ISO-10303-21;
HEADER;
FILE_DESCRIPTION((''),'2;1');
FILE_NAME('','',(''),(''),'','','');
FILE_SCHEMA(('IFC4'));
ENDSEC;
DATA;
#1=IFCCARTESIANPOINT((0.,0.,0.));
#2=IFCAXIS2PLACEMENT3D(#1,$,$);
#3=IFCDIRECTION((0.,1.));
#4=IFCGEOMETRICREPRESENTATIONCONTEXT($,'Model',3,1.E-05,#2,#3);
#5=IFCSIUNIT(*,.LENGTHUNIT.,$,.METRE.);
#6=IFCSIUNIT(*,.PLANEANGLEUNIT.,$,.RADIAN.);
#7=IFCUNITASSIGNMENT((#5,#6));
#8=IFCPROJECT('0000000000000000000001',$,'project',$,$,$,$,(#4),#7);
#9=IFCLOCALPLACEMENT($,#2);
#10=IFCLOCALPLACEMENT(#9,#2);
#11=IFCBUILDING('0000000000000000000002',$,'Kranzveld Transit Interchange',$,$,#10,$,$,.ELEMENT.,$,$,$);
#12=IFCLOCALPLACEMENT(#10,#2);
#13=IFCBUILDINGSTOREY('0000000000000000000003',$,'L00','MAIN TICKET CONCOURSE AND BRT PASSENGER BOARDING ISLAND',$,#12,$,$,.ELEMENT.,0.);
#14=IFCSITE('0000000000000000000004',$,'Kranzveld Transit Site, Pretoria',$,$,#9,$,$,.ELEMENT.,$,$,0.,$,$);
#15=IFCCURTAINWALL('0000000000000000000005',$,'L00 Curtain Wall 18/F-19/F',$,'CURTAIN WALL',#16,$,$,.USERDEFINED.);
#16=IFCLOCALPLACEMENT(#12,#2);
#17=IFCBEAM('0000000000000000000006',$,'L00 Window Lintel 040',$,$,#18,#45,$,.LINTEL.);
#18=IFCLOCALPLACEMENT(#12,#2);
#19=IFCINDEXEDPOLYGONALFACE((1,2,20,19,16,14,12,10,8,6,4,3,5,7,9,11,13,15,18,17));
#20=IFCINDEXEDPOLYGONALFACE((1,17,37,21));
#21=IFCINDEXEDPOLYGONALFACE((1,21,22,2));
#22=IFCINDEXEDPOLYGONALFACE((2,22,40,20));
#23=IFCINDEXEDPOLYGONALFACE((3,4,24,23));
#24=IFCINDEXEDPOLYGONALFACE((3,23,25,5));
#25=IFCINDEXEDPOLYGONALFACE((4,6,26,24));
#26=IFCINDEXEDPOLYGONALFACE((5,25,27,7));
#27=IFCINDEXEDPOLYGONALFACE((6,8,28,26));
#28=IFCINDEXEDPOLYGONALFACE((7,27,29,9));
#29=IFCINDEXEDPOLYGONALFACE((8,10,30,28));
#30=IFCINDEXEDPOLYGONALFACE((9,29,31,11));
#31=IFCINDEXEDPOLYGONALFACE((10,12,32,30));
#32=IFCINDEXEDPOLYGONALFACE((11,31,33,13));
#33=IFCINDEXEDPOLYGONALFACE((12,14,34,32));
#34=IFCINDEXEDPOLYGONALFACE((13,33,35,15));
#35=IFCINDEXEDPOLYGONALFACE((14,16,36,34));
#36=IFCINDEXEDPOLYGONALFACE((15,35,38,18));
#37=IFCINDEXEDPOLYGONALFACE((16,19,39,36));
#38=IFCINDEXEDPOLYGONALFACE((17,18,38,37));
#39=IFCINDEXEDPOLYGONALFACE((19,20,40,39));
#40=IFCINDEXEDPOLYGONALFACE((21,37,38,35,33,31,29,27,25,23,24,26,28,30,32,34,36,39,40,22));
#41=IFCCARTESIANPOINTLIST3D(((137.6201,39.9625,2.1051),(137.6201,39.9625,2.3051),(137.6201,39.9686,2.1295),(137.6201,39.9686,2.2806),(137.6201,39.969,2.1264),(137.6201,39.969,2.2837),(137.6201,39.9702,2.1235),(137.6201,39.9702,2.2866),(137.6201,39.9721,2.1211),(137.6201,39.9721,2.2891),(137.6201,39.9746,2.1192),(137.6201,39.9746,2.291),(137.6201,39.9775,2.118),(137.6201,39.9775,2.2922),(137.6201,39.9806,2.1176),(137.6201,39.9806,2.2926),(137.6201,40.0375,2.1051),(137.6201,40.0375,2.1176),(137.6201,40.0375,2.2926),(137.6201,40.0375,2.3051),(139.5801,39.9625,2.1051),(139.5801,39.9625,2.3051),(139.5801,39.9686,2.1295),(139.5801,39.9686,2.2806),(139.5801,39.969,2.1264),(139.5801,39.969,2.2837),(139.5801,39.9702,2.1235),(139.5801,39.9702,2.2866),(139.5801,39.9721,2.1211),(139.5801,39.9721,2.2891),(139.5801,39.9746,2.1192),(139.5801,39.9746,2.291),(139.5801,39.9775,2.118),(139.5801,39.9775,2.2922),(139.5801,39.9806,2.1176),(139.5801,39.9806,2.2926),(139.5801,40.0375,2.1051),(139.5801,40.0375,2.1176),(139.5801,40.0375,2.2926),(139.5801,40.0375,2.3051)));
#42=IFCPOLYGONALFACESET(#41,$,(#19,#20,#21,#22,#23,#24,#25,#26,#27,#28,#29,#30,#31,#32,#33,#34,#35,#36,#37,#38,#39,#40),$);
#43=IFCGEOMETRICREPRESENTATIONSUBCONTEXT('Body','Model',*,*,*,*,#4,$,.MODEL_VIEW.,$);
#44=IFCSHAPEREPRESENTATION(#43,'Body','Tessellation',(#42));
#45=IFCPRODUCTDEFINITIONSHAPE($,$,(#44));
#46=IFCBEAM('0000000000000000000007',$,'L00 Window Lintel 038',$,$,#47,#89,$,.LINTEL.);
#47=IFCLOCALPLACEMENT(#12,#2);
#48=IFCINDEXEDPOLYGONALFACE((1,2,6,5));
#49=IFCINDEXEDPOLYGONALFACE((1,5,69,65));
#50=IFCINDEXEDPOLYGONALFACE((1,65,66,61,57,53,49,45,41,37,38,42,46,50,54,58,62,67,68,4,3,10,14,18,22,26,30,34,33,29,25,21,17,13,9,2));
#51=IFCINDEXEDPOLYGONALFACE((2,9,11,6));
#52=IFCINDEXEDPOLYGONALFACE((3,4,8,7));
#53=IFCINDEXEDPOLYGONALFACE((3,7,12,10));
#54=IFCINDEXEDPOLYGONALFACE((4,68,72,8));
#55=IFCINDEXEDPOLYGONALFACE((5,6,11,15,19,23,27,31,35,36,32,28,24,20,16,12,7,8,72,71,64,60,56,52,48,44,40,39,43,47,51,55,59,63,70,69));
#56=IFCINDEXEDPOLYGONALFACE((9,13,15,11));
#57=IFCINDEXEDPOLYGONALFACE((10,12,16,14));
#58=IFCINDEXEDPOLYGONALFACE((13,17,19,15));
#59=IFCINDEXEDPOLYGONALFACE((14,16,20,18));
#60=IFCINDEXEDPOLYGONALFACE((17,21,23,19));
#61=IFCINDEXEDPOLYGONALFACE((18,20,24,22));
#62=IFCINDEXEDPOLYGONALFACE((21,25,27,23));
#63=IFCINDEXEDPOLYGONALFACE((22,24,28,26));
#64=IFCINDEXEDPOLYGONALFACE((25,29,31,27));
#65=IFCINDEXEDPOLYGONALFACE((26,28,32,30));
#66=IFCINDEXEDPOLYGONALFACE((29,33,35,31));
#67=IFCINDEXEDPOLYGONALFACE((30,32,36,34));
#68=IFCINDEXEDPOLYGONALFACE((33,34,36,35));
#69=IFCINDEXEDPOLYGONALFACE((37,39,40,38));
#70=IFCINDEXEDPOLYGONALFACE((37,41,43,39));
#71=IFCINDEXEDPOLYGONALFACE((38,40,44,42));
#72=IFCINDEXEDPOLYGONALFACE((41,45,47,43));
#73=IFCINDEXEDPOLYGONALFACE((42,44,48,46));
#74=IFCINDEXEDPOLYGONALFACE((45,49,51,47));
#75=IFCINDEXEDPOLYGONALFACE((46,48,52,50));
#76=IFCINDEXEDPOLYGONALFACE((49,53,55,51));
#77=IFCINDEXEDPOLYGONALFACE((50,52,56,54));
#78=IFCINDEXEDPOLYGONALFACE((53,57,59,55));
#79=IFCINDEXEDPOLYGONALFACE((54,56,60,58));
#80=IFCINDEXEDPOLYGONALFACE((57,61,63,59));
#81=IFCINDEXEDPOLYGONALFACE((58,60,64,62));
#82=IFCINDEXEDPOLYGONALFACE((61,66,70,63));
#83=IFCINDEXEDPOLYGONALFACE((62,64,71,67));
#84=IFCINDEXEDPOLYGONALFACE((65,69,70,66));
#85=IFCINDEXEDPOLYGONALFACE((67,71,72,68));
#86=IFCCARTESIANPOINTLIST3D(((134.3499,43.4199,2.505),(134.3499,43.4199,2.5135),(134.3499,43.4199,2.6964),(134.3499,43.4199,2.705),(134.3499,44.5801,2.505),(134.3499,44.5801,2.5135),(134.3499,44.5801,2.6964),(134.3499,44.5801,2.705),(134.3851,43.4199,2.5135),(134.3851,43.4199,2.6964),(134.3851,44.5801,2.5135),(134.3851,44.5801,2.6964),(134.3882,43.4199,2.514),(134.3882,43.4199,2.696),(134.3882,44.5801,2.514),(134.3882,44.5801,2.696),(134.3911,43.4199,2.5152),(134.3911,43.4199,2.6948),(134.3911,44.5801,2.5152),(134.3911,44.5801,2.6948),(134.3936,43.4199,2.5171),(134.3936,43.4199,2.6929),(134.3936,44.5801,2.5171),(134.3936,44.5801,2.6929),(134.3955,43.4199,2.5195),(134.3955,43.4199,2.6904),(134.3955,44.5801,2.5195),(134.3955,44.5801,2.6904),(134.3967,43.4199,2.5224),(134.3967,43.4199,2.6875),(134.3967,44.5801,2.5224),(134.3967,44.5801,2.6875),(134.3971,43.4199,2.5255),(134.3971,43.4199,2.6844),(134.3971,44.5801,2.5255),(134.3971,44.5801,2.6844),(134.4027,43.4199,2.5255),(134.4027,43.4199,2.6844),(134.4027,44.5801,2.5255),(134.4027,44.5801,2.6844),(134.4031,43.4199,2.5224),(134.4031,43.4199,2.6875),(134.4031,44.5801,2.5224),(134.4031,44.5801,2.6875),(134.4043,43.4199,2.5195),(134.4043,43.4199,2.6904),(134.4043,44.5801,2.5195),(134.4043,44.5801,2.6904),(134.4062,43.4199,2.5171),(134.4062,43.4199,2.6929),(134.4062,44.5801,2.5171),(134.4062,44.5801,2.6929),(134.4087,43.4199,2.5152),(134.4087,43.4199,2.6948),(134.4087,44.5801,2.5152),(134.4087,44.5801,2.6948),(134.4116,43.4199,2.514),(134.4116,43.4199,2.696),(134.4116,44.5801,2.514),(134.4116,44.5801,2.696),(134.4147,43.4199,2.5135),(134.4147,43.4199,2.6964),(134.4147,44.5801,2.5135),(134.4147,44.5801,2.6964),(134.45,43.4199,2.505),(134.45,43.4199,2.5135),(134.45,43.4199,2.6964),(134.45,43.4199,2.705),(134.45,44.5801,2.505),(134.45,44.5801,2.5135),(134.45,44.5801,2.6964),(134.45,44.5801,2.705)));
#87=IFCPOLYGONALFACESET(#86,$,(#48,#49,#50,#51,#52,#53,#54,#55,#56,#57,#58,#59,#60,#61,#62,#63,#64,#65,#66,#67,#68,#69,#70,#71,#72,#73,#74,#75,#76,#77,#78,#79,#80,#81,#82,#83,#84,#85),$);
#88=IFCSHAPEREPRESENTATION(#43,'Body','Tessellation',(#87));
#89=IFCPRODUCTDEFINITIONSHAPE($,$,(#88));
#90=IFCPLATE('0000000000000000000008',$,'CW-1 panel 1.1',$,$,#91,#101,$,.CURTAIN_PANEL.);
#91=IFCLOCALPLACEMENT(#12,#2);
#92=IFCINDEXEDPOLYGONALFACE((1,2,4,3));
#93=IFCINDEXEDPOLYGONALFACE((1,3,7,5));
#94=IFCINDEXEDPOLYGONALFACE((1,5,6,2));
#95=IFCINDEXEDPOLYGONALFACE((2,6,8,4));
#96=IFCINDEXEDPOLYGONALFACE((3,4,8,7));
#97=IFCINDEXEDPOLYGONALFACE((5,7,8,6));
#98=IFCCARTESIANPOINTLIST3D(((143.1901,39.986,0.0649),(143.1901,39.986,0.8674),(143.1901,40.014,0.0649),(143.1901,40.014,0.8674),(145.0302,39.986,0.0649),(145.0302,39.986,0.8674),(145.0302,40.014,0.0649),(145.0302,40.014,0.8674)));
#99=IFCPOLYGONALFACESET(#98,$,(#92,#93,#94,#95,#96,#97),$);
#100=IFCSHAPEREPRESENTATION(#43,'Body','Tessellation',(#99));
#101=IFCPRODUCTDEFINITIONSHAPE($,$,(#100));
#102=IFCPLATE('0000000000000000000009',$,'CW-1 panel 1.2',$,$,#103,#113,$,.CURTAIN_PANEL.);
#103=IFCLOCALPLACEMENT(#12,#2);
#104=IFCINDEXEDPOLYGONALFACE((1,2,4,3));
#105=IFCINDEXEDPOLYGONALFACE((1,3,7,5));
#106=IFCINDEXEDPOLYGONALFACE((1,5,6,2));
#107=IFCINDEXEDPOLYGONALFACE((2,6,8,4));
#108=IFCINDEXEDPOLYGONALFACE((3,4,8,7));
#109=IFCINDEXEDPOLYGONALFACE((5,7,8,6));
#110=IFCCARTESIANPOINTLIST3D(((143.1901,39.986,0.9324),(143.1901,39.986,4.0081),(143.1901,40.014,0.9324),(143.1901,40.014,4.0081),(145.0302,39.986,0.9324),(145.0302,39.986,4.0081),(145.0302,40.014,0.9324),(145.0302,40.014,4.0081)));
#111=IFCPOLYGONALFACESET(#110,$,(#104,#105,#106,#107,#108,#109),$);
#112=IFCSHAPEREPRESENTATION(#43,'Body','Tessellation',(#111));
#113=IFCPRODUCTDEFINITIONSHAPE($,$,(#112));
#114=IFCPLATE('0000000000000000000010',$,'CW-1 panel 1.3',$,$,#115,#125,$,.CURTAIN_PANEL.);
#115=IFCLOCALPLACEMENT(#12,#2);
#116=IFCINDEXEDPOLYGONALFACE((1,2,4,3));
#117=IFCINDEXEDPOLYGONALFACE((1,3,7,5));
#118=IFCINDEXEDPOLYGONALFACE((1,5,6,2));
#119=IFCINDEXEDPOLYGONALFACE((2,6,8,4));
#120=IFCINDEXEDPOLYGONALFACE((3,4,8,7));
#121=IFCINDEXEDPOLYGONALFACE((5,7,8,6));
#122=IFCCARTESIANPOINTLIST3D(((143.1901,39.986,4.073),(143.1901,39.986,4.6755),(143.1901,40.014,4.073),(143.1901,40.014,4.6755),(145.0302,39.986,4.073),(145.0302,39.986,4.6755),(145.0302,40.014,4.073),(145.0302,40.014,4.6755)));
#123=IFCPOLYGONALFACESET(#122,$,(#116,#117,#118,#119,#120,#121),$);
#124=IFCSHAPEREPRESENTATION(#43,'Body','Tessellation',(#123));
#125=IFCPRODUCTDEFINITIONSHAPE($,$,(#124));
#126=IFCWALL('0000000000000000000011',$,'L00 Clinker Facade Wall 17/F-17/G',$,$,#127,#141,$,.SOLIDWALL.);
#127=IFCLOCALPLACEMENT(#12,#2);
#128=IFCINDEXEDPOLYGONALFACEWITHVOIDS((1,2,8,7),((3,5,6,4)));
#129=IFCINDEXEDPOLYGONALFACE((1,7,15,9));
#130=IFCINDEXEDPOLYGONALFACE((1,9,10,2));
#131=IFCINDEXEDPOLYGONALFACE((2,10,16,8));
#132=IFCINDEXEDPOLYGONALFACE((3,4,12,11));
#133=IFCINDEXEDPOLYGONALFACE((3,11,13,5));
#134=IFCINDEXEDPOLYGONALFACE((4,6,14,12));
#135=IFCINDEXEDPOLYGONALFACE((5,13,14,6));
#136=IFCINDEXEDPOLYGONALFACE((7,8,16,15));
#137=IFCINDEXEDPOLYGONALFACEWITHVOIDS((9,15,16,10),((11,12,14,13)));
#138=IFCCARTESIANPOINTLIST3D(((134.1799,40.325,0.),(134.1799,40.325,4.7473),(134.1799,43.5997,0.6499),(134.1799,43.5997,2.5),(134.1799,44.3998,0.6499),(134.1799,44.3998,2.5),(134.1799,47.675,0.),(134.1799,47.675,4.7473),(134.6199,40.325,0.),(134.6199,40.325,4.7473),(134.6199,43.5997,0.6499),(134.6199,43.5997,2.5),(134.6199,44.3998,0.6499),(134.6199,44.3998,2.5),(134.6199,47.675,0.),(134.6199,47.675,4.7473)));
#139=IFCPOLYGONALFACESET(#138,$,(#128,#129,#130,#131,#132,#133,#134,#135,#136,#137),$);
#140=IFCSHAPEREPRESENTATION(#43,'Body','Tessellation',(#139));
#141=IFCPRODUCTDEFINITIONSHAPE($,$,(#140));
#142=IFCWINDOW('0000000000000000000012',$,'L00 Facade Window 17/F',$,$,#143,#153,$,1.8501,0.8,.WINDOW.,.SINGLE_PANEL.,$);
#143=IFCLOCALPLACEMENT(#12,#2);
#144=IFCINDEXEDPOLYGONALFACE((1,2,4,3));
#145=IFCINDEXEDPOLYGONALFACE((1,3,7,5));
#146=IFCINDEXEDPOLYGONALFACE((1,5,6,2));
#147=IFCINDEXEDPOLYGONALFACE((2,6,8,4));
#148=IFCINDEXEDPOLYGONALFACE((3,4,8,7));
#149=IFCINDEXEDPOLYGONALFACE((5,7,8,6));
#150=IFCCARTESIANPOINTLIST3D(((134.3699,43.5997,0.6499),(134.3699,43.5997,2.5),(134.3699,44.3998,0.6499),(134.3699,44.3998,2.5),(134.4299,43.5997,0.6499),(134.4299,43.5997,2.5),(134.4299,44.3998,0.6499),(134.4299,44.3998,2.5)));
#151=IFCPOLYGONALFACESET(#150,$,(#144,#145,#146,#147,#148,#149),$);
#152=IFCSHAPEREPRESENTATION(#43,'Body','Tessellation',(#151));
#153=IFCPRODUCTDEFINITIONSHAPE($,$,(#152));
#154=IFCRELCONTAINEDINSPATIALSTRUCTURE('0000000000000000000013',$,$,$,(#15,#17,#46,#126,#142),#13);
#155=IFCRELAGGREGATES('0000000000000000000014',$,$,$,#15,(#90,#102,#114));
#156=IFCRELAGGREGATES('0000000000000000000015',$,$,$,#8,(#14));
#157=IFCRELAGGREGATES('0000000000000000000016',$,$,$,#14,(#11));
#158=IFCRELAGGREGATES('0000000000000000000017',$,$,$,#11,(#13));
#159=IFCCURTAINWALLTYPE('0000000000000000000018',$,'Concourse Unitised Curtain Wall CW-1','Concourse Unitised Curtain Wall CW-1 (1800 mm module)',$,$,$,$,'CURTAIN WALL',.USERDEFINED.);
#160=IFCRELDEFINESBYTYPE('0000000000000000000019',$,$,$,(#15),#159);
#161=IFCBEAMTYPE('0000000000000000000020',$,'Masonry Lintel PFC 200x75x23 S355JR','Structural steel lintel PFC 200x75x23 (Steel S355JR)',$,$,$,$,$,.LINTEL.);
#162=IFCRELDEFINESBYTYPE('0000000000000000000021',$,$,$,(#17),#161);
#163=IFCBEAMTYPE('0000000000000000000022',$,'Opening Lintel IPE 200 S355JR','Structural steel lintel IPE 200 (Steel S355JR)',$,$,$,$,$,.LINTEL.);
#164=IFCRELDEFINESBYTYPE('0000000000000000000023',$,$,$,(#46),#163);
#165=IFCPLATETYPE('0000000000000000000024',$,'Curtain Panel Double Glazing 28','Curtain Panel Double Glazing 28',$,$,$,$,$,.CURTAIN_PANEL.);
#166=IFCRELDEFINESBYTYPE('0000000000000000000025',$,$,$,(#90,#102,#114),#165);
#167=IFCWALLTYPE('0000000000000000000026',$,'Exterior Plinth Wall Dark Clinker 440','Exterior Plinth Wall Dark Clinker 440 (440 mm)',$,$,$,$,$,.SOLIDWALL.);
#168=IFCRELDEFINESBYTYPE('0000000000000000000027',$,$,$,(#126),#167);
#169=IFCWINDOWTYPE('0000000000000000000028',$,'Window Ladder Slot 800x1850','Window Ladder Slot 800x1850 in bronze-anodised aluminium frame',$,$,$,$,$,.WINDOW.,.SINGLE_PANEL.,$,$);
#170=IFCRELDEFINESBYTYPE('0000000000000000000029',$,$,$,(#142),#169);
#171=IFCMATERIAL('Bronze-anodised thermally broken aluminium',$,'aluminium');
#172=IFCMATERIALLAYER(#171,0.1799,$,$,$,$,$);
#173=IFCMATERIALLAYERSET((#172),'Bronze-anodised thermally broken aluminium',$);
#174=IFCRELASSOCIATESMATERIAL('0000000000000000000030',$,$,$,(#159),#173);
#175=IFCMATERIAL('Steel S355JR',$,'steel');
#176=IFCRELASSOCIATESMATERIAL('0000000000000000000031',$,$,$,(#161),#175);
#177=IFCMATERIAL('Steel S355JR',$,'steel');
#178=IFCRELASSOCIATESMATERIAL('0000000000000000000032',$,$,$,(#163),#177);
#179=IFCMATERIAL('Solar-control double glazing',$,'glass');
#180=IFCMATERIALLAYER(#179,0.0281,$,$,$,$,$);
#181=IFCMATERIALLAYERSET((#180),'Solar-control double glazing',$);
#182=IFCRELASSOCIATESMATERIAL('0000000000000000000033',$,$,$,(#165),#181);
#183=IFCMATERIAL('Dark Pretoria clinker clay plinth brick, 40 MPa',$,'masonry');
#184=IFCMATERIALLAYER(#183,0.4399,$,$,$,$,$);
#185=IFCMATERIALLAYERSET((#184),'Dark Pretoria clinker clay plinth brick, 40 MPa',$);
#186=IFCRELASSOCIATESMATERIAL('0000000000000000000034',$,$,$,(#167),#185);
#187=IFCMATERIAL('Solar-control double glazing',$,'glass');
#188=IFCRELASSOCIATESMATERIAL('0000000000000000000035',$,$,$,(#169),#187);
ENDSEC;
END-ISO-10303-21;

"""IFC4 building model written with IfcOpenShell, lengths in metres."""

from ifc_helpers import new_model, si_unit, direction, frame, frame_2d, origin, origin_2d, place, context, subcontext, project, spatial, rectangle, i_section, u_section, extrude, material, layer, layer_set, material_profile, profile_set, type_object, element, fill, aggregate, save


model = new_model("IFC4")

# Units and contexts
model_context = context("Model", 3, precision=1e-05, world=origin(), true_north=direction((0.0, 1.0)))
body_context = subcontext(model_context, "Body", "Model", "MODEL_VIEW")
ifc_project = project(units=[si_unit("LENGTHUNIT", "METRE"), si_unit("PLANEANGLEUNIT", "RADIAN")], contexts=[model_context])

# Site, building, storey
site_placement = place(None, origin())
site = spatial("IfcSite", under=ifc_project, at=site_placement, Name="Kranzveld Transit Site, Pretoria", CompositionType="ELEMENT", RefElevation=0.0)
building_placement = place(site_placement, origin())
building = spatial("IfcBuilding", under=site, at=building_placement, Name="Kranzveld Transit Interchange", CompositionType="ELEMENT")
storey_placement = place(building_placement, origin())
storey = spatial("IfcBuildingStorey", under=building, at=storey_placement, Name="L00", Description="MAIN TICKET CONCOURSE AND BRT PASSENGER BOARDING ISLAND", CompositionType="ELEMENT", Elevation=0.0)

# Curtain wall
ifc_material_1 = material(Name="Bronze-anodised thermally broken aluminium", Category="aluminium")
ifc_layer_1 = layer(ifc_material_1, 0.1799)
ifc_layer_set_1 = layer_set([ifc_layer_1], Name="Bronze-anodised thermally broken aluminium")
curtain_wall_type = type_object("IfcCurtainWallType", Name="Concourse Unitised Curtain Wall CW-1", Description="Concourse Unitised Curtain Wall CW-1 (1800 mm module)", ElementType="CURTAIN WALL", PredefinedType="USERDEFINED", material=ifc_layer_set_1)
curtain_wall_placement = place(storey_placement, origin())
curtain_wall = element("IfcCurtainWall", 1, at=curtain_wall_placement, inside=storey, type_object=curtain_wall_type, Name="L00 Curtain Wall 18/F-19/F", ObjectType="CURTAIN WALL", PredefinedType="USERDEFINED")

# Beams
ifc_material_2 = material(Name="Steel S355JR", Category="steel")
ifc_material_profile_1 = material_profile(ifc_material_2, u_section(Depth=0.2, FlangeWidth=0.075, WebThickness=0.0061, FlangeThickness=0.0125, FilletRadius=0.012, at=origin_2d()), Name="PFC 200x75x23")
ifc_profile_set_1 = profile_set([ifc_material_profile_1], Name="Steel S355JR")
beam_type_1 = type_object("IfcBeamType", Name="Masonry Lintel PFC 200x75x23 S355JR", Description="Structural steel lintel PFC 200x75x23 (Steel S355JR)", PredefinedType="LINTEL", material=ifc_profile_set_1)
beam_1_placement = place(storey_placement, frame((137.6201, 40.0, 2.2051), z_axis=(1.0, 0.0, 0.0), x_axis=(0.0, 1.0, 0.0)))
element("IfcBeam", 2, at=beam_1_placement, inside=storey, type_object=beam_type_1, Name="L00 Window Lintel 040", PredefinedType="LINTEL", context=body_context, shape_type="SweptSolid", body=[
    extrude(u_section(Depth=0.2, FlangeWidth=0.075, WebThickness=0.0061, FlangeThickness=0.0125, FilletRadius=0.012, at=origin_2d()), origin(), (0.0, 0.0, 1.0), 1.96),
])
ifc_material_3 = material(Name="Steel S355JR", Category="steel")
ifc_material_profile_2 = material_profile(ifc_material_3, i_section(OverallWidth=0.1001, OverallDepth=0.2, WebThickness=0.0056, FlangeThickness=0.0085, FilletRadius=0.012, at=origin_2d()), Name="IPE 200")
ifc_profile_set_2 = profile_set([ifc_material_profile_2], Name="Steel S355JR")
beam_type_2 = type_object("IfcBeamType", Name="Opening Lintel IPE 200 S355JR", Description="Structural steel lintel IPE 200 (Steel S355JR)", PredefinedType="LINTEL", material=ifc_profile_set_2)
beam_2_placement = place(storey_placement, frame((134.3999, 43.4199, 2.605), z_axis=(0.0, 1.0, 0.0), x_axis=(-1.0, 0.0, 0.0)))
element("IfcBeam", 3, at=beam_2_placement, inside=storey, type_object=beam_type_2, Name="L00 Window Lintel 038", PredefinedType="LINTEL", context=body_context, shape_type="SweptSolid", body=[
    extrude(i_section(OverallWidth=0.1001, OverallDepth=0.2, WebThickness=0.0056, FlangeThickness=0.0085, FilletRadius=0.012, at=origin_2d()), origin(), (0.0, 0.0, 1.0), 1.1602),
])

# Plates
ifc_material_4 = material(Name="Solar-control double glazing", Category="glass")
ifc_layer_2 = layer(ifc_material_4, 0.0281)
ifc_layer_set_2 = layer_set([ifc_layer_2], Name="Solar-control double glazing")
plate_type = type_object("IfcPlateType", Name="Curtain Panel Double Glazing 28", Description="Curtain Panel Double Glazing 28", PredefinedType="CURTAIN_PANEL", material=ifc_layer_set_2)
plate_1_placement = place(storey_placement, frame((144.1101, 40.0, 0.0649), z_axis=(0.0, 0.0, 1.0), x_axis=(1.0, 0.0, 0.0)))
plate_1 = element("IfcPlate", 4, at=plate_1_placement, type_object=plate_type, Name="CW-1 panel 1.1", PredefinedType="CURTAIN_PANEL", context=body_context, shape_type="SweptSolid", body=[
    extrude(rectangle(XDim=1.8401, YDim=0.0281, at=origin_2d()), origin(), (0.0, 0.0, 1.0), 0.8025),
])
plate_2_placement = place(storey_placement, frame((144.1101, 40.0, 0.9324), z_axis=(0.0, 0.0, 1.0), x_axis=(1.0, 0.0, 0.0)))
plate_2 = element("IfcPlate", 5, at=plate_2_placement, type_object=plate_type, Name="CW-1 panel 1.2", PredefinedType="CURTAIN_PANEL", context=body_context, shape_type="SweptSolid", body=[
    extrude(rectangle(XDim=1.8401, YDim=0.0281, at=origin_2d()), origin(), (0.0, 0.0, 1.0), 3.0757),
])
plate_3_placement = place(storey_placement, frame((144.1101, 40.0, 4.073), z_axis=(0.0, 0.0, 1.0), x_axis=(1.0, 0.0, 0.0)))
plate_3 = element("IfcPlate", 6, at=plate_3_placement, type_object=plate_type, Name="CW-1 panel 1.3", PredefinedType="CURTAIN_PANEL", context=body_context, shape_type="SweptSolid", body=[
    extrude(rectangle(XDim=1.8401, YDim=0.0281, at=origin_2d()), origin(), (0.0, 0.0, 1.0), 0.6025),
])
aggregate(curtain_wall, [plate_1, plate_2, plate_3])

# Wall, opening, window
ifc_material_5 = material(Name="Dark Pretoria clinker clay plinth brick, 40 MPa", Category="masonry")
ifc_layer_3 = layer(ifc_material_5, 0.4399)
ifc_layer_set_3 = layer_set([ifc_layer_3], Name="Dark Pretoria clinker clay plinth brick, 40 MPa")
wall_type = type_object("IfcWallType", Name="Exterior Plinth Wall Dark Clinker 440", Description="Exterior Plinth Wall Dark Clinker 440 (440 mm)", PredefinedType="SOLIDWALL", material=ifc_layer_set_3)
wall_1_placement = place(storey_placement, frame((134.3999, 40.325, 0.0), z_axis=(0.0, 0.0, 1.0), x_axis=(0.0, 1.0, 0.0)))
wall_1 = element("IfcWall", 7, at=wall_1_placement, inside=storey, type_object=wall_type, Name="L00 Clinker Facade Wall 17/F-17/G", PredefinedType="SOLIDWALL", context=body_context, shape_type="SweptSolid", body=[
    extrude(rectangle(XDim=7.3501, YDim=0.4399, at=frame_2d((3.675, 0.0))), origin(), (0.0, 0.0, 1.0), 4.7473),
])
opening_1_placement = place(wall_1_placement, frame((3.2749, 0.0, 0.6499), z_axis=(0.0, 0.0, 1.0), x_axis=(1.0, 0.0, 0.0)))
opening_1 = element("IfcOpeningElement", 8, at=opening_1_placement, cuts=wall_1, PredefinedType="OPENING", context=body_context, shape_type="SweptSolid", body=[
    extrude(rectangle(XDim=0.8, YDim=1.8501, at=frame_2d((0.3999, 0.925))), frame((0.0, 0.23, 0.0), z_axis=(0.0, -1.0, 0.0), x_axis=(1.0, 0.0, 0.0)), (0.0, 0.0, 1.0), 0.46),
])
ifc_material_6 = material(Name="Solar-control double glazing", Category="glass")
window_type_1 = type_object("IfcWindowType", Name="Window Ladder Slot 800x1850", Description="Window Ladder Slot 800x1850 in bronze-anodised aluminium frame", PartitioningType="SINGLE_PANEL", PredefinedType="WINDOW", material=ifc_material_6)
window_1_placement = place(opening_1_placement, origin())
window_1 = element("IfcWindow", 9, at=window_1_placement, inside=storey, type_object=window_type_1, Name="L00 Facade Window 17/F", OverallHeight=1.8501, OverallWidth=0.8, PartitioningType="SINGLE_PANEL", PredefinedType="WINDOW", context=body_context, shape_type="SweptSolid", body=[
    extrude(rectangle(XDim=0.8, YDim=1.8501, at=frame_2d((0.3999, 0.925))), frame((0.0, 0.03, 0.0), z_axis=(0.0, -1.0, 0.0), x_axis=(1.0, 0.0, 0.0)), (0.0, 0.0, 1.0), 0.0601),
])
fill(opening_1, window_1)

save(model, "model.ifc")
